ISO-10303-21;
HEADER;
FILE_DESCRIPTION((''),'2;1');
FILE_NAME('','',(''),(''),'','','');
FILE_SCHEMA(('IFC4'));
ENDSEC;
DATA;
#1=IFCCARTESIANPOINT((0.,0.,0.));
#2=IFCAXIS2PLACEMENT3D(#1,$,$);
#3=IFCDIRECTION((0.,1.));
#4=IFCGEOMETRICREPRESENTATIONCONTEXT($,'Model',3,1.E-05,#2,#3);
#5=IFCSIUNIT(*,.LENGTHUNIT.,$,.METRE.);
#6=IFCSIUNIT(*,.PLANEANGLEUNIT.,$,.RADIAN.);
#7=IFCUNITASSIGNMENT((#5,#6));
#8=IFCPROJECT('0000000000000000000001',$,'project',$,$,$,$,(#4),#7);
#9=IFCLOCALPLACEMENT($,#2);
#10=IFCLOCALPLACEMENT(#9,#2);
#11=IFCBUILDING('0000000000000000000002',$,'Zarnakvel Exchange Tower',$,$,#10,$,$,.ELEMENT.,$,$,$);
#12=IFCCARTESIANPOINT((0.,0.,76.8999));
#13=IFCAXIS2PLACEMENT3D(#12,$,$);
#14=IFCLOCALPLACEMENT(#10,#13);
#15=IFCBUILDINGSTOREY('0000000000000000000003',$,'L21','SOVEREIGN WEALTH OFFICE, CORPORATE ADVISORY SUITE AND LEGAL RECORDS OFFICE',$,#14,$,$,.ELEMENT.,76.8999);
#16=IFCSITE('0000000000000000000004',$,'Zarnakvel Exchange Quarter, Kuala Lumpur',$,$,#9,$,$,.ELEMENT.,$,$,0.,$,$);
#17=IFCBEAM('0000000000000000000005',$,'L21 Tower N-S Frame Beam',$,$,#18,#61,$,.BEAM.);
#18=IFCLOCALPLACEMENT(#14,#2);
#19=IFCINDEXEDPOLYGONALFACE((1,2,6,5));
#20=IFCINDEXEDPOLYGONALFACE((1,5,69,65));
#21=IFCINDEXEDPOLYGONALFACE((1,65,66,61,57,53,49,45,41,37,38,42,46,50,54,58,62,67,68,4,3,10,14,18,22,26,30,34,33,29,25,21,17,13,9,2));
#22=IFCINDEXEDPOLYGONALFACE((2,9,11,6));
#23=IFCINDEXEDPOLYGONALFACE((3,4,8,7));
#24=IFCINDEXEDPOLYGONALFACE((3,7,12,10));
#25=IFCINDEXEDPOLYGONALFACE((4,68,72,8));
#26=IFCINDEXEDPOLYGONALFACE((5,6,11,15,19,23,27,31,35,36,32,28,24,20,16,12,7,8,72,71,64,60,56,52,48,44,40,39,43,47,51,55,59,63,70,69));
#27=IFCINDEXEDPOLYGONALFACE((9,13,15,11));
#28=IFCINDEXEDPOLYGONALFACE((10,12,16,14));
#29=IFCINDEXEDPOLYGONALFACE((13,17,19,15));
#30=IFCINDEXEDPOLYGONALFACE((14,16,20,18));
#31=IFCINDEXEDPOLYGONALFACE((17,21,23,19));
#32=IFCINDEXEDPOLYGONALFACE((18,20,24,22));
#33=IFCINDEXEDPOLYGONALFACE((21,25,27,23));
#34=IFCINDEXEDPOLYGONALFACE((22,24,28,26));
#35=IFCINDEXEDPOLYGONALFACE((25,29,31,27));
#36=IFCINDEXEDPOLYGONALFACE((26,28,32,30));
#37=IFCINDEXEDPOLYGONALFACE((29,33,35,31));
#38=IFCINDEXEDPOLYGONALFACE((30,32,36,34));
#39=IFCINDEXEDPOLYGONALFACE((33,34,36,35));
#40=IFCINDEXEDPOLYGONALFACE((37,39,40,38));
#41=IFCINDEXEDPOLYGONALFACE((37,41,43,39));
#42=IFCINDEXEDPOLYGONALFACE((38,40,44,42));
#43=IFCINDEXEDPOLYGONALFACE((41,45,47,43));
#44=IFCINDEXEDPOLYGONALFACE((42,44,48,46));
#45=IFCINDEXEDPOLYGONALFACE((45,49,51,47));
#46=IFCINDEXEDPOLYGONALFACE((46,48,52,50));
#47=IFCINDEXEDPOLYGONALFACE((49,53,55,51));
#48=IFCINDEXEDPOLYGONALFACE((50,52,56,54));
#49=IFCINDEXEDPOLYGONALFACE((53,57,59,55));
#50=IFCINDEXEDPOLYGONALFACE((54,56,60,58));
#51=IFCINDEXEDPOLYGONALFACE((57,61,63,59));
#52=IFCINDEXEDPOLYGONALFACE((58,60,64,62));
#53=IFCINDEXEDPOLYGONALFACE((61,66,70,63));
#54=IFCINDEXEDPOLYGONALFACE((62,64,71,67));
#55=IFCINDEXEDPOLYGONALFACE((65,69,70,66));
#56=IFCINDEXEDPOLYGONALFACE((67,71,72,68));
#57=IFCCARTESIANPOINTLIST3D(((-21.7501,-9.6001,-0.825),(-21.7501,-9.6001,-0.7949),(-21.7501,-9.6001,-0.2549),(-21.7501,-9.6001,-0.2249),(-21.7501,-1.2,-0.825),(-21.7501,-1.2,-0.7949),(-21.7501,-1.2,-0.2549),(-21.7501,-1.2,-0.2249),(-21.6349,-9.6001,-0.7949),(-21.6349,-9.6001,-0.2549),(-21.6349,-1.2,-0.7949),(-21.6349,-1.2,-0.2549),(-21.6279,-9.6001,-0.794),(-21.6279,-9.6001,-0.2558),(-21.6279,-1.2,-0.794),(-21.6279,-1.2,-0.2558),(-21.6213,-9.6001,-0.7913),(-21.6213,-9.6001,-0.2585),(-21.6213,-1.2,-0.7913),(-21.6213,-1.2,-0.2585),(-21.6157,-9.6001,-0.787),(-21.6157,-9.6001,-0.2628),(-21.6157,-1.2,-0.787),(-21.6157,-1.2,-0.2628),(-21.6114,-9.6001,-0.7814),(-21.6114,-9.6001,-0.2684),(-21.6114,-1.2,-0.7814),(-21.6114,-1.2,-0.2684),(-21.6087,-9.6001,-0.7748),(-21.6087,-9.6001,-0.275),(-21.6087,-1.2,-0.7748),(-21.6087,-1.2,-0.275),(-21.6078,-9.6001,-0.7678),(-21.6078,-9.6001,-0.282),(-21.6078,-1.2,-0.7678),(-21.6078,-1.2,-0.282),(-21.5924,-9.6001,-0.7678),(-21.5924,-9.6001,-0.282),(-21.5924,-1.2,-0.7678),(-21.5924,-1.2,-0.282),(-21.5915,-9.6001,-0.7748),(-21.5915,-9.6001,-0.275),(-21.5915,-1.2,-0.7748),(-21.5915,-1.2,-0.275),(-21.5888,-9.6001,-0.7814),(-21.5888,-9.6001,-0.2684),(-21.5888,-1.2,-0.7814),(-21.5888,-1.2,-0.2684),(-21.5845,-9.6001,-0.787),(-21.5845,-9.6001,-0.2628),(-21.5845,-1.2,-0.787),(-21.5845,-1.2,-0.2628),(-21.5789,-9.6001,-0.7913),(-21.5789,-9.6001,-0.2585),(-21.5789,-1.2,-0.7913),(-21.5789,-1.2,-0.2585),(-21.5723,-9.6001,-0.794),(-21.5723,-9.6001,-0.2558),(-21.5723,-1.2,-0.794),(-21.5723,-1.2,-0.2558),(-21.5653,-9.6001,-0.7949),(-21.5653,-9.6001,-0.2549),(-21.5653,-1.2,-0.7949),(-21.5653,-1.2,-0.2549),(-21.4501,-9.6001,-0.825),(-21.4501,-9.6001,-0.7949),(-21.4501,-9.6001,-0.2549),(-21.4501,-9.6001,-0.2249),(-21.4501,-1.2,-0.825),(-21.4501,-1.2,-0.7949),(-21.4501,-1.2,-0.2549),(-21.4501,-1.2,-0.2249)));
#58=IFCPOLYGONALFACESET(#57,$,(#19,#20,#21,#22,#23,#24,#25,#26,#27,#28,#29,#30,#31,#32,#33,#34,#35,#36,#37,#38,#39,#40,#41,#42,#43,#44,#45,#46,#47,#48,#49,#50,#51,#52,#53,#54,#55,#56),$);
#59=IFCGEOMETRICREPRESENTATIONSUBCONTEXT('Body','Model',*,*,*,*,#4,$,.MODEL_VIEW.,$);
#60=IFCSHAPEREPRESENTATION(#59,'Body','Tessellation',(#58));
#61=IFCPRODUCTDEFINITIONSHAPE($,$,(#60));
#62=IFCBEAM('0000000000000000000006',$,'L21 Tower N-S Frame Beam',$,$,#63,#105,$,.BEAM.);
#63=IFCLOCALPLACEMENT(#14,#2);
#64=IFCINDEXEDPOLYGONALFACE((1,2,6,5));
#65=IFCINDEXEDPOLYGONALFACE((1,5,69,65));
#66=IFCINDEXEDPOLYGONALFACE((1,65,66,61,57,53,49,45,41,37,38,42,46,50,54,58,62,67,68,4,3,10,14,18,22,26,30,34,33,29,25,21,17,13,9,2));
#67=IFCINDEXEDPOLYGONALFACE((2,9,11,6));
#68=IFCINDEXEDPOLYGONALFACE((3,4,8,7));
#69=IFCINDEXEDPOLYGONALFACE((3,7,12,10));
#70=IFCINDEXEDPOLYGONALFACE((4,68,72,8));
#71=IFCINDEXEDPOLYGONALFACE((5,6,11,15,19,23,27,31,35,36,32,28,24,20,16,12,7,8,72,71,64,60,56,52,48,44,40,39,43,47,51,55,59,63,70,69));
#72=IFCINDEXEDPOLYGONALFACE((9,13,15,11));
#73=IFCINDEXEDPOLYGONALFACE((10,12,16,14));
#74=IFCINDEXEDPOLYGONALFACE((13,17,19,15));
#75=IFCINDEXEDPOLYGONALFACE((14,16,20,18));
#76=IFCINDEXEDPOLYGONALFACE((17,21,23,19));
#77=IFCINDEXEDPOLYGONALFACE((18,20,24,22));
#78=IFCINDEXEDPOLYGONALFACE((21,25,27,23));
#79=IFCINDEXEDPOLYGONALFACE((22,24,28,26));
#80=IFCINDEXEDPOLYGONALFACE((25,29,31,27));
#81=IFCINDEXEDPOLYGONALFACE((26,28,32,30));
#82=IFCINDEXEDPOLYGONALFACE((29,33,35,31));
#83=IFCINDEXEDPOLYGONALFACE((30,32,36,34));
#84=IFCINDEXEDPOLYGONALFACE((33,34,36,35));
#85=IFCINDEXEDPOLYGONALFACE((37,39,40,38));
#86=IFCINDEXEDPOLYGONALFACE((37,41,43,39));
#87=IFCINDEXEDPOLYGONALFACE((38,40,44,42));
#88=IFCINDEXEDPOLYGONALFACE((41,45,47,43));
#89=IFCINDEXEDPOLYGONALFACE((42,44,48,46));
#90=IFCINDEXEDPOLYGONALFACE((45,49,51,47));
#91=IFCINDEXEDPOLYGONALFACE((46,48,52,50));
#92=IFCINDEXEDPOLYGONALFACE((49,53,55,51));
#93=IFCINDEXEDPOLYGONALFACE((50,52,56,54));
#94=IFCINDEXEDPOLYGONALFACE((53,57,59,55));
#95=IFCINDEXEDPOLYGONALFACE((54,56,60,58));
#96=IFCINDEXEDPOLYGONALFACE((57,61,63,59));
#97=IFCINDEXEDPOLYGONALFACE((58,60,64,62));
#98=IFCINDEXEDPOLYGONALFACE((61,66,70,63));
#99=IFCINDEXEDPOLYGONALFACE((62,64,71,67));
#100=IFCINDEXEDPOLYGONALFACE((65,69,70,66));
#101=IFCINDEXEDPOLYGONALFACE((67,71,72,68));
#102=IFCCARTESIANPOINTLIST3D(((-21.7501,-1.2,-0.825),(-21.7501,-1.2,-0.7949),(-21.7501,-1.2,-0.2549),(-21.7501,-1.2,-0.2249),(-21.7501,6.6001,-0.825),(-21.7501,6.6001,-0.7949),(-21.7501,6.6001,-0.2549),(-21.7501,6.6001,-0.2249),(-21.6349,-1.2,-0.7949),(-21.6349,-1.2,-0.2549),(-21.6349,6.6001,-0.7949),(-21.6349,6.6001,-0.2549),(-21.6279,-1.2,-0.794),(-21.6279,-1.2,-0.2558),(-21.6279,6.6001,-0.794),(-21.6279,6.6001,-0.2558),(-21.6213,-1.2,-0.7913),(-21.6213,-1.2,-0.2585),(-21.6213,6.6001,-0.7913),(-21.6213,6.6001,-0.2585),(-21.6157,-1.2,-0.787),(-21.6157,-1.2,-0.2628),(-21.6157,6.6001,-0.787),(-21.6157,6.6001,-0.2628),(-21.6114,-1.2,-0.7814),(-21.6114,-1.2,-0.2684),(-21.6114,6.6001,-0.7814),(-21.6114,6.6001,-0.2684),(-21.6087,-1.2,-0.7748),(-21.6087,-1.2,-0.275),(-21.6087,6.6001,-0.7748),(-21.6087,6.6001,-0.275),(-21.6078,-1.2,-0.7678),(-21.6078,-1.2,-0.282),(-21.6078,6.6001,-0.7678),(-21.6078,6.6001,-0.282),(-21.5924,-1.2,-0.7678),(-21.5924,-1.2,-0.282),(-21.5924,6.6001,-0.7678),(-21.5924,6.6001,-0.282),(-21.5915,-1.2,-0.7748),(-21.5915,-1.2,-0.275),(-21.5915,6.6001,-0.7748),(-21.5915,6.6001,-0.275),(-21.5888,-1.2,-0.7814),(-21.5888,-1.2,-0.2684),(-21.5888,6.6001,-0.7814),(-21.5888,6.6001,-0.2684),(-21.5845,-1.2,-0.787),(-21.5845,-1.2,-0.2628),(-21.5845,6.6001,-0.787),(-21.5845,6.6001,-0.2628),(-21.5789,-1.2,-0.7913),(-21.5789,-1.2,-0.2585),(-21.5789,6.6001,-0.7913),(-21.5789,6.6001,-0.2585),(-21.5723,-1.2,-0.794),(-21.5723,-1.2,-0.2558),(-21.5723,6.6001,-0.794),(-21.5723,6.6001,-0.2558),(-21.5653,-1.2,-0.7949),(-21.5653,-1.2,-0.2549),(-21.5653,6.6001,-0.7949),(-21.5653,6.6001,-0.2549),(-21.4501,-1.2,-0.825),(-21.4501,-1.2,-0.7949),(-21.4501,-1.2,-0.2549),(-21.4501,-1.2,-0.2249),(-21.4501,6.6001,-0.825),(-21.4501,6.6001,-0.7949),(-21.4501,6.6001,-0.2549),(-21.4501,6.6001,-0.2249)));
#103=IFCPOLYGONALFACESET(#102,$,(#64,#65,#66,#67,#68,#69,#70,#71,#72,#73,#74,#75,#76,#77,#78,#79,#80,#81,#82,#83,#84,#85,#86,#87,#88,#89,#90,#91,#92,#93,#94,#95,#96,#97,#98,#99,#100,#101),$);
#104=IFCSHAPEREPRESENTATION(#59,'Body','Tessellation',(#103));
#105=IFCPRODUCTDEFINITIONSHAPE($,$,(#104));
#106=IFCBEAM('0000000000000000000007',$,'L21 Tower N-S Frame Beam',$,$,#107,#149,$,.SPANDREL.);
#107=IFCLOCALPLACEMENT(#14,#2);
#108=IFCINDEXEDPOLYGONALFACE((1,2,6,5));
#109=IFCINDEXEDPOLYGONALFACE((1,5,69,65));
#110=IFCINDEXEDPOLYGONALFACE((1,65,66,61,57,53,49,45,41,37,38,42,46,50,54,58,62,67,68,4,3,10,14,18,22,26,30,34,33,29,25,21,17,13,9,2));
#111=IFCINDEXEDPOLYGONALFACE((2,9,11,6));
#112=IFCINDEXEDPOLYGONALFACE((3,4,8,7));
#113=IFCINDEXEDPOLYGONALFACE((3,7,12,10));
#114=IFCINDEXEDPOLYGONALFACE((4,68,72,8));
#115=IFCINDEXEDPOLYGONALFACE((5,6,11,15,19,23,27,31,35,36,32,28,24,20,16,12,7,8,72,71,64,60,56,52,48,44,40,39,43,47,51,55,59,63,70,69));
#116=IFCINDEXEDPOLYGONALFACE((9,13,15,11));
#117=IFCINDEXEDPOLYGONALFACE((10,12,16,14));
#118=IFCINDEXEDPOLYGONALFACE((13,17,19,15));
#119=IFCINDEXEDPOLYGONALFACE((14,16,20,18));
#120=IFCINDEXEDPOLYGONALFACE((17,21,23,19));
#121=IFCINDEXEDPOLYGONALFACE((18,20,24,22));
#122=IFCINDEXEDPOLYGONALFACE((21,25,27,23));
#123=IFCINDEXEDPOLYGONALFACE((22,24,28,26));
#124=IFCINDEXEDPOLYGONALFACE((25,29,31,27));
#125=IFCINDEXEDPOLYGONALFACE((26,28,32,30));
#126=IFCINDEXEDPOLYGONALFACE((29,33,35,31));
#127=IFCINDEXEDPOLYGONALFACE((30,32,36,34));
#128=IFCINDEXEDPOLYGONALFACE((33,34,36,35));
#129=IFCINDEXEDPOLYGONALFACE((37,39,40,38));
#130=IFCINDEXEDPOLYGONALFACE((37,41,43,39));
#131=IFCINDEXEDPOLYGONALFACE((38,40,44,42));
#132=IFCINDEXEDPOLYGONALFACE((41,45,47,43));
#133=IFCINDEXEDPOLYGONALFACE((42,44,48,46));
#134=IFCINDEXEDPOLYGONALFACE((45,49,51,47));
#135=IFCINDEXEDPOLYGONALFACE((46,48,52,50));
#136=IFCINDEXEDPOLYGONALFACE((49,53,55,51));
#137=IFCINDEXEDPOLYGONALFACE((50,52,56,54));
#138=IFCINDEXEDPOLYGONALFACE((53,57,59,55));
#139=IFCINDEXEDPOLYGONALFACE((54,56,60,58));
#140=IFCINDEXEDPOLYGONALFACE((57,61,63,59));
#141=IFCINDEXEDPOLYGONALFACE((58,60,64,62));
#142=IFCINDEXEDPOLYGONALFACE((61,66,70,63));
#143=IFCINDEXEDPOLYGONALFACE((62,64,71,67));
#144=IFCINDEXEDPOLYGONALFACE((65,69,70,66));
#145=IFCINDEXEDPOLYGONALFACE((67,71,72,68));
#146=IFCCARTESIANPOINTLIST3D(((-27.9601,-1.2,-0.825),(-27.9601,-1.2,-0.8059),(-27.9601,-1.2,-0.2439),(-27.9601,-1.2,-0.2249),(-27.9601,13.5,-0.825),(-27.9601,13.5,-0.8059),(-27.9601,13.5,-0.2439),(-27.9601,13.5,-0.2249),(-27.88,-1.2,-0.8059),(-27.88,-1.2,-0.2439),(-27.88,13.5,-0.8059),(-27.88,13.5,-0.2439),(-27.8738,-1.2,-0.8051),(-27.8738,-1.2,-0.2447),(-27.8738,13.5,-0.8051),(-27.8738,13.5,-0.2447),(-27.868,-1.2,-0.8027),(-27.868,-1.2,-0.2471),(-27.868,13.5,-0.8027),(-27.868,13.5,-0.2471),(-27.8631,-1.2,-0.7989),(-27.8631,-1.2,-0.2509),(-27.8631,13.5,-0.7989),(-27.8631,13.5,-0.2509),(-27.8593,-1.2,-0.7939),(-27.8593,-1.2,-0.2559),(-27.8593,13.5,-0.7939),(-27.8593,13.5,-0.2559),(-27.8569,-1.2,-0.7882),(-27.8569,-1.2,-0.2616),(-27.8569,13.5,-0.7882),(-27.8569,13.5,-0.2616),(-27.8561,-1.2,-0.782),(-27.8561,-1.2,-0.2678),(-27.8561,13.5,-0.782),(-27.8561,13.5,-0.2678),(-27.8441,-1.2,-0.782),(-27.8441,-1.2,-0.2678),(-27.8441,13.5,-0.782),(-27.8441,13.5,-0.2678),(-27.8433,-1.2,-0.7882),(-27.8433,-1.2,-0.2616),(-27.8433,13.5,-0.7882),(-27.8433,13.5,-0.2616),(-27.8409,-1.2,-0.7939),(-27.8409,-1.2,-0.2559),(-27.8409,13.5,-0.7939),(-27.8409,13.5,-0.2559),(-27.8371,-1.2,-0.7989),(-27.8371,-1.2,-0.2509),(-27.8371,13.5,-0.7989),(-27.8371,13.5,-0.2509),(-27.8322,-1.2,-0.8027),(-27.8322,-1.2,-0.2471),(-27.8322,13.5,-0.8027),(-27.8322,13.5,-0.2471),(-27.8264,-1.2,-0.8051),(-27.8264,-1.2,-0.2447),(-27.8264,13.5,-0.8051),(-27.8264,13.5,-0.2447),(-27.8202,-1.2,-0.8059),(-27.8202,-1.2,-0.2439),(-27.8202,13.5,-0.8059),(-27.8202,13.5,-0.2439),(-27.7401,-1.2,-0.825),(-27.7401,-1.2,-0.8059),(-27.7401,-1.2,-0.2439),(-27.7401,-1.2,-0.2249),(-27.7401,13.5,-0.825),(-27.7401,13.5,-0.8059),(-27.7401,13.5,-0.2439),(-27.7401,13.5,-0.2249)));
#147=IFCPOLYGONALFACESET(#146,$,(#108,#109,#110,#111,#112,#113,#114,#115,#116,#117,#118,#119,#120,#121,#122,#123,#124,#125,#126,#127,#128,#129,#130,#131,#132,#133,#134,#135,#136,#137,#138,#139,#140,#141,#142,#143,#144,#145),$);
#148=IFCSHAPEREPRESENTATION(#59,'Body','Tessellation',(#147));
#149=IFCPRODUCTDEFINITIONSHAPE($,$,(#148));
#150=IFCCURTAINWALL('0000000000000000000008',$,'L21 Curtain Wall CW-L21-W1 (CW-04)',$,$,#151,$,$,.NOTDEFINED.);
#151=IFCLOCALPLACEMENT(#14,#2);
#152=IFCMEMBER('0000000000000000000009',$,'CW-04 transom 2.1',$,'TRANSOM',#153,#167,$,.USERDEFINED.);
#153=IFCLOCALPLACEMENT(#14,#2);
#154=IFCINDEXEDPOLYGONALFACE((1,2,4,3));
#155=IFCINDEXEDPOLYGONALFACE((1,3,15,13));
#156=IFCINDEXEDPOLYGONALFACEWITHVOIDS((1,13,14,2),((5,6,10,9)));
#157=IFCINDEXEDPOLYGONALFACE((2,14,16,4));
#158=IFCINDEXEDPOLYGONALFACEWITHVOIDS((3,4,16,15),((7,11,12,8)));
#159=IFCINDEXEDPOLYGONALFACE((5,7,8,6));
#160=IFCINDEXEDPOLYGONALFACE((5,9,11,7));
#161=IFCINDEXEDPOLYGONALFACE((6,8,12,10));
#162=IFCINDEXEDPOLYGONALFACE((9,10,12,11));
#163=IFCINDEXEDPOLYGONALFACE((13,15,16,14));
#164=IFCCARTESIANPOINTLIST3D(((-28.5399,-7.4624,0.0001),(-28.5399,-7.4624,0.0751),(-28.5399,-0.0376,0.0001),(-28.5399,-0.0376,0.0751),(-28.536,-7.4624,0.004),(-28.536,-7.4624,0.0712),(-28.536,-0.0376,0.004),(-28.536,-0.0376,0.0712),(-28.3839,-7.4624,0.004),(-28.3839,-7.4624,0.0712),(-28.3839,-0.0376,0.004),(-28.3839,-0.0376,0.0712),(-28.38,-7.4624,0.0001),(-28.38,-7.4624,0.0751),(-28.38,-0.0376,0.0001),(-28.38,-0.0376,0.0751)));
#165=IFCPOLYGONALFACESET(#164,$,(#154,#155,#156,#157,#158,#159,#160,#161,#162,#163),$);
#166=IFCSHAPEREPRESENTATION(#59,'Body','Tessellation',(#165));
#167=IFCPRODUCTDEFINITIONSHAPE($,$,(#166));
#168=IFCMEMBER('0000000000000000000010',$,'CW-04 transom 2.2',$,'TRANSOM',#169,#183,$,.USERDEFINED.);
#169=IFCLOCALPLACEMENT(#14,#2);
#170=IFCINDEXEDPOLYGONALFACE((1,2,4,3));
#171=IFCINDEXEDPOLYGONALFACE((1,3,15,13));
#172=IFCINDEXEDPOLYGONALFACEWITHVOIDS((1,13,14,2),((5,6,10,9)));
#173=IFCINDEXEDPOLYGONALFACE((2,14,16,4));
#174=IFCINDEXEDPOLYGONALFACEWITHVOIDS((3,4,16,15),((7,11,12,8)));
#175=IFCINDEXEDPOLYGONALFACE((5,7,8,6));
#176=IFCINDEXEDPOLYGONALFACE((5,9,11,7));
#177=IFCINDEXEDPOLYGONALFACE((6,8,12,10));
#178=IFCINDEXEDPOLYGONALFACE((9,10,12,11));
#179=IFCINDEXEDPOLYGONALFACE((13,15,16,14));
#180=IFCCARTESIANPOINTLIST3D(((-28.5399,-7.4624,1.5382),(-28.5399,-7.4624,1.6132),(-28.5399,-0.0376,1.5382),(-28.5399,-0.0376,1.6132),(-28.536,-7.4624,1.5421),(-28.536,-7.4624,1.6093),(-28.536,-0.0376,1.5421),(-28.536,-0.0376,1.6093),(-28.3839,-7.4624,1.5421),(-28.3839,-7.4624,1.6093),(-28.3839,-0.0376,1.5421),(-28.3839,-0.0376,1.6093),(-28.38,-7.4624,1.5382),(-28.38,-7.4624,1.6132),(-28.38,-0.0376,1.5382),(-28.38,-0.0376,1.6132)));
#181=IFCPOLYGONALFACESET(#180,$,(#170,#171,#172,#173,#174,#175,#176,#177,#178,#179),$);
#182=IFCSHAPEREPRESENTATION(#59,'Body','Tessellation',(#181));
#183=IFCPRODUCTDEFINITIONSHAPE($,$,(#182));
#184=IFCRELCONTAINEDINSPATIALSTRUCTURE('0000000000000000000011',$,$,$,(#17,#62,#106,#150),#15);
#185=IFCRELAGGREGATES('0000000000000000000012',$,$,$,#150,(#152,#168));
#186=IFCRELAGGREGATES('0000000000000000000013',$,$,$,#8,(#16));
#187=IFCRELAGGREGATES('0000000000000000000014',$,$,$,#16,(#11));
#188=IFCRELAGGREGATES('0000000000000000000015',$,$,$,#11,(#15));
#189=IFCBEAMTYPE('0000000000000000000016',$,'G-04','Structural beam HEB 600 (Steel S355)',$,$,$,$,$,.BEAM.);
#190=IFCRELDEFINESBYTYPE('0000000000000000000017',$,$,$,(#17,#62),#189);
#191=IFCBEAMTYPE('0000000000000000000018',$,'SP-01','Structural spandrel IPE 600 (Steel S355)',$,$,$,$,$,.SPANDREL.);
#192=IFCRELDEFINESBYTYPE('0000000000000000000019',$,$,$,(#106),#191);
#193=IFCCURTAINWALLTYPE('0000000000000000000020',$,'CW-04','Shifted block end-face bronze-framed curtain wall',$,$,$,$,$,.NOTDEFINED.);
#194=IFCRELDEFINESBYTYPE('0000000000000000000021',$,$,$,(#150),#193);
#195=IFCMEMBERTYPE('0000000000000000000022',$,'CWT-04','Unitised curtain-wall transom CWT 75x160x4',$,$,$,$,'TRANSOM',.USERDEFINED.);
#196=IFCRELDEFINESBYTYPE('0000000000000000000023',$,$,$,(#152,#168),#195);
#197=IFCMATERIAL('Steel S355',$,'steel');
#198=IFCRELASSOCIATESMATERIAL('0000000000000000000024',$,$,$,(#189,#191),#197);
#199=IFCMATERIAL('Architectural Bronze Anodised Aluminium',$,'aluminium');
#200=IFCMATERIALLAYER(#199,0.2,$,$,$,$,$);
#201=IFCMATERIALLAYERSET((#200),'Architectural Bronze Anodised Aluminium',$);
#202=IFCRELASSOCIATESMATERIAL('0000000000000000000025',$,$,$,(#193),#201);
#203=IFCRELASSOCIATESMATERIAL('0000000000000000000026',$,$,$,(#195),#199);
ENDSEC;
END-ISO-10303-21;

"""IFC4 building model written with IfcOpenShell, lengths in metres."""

from ifc_helpers import new_model, si_unit, direction, frame, origin, origin_2d, place, context, subcontext, project, spatial, hollow_rectangle, i_section, extrude, source, transform, mapped, material, layer, layer_set, material_profile, profile_set, type_object, element, aggregate, save


model = new_model("IFC4")

# Units and contexts
model_context = context("Model", 3, precision=1e-05, world=origin(), true_north=direction((0.0, 1.0)))
body_context = subcontext(model_context, "Body", "Model", "MODEL_VIEW")
ifc_project = project(units=[si_unit("LENGTHUNIT", "METRE"), si_unit("PLANEANGLEUNIT", "RADIAN")], contexts=[model_context])

# Site, building, storey
site_placement = place(None, origin())
site = spatial("IfcSite", under=ifc_project, at=site_placement, Name="Zarnakvel Exchange Quarter, Kuala Lumpur", CompositionType="ELEMENT", RefElevation=0.0)
building_placement = place(site_placement, origin())
building = spatial("IfcBuilding", under=site, at=building_placement, Name="Zarnakvel Exchange Tower", CompositionType="ELEMENT")
storey_placement = place(building_placement, frame((0.0, 0.0, 76.8999)))
storey = spatial("IfcBuildingStorey", under=building, at=storey_placement, Name="L21", Description="SOVEREIGN WEALTH OFFICE, CORPORATE ADVISORY SUITE AND LEGAL RECORDS OFFICE", CompositionType="ELEMENT", Elevation=76.8999)

# Shared definitions
ifc_material_1 = material(Name="Steel S355", Category="steel")

# Beams
ifc_material_profile_1 = material_profile(ifc_material_1, i_section(OverallWidth=0.3, OverallDepth=0.6001, WebThickness=0.0154, FlangeThickness=0.03, FilletRadius=0.0271, at=origin_2d()))
ifc_profile_set_1 = profile_set([ifc_material_profile_1], Name="Steel S355")
beam_type_1 = type_object("IfcBeamType", Name="G-04", Description="Structural beam HEB 600 (Steel S355)", PredefinedType="BEAM", material=ifc_profile_set_1)
beam_1_placement = place(storey_placement, frame((-21.6001, -9.6001, -0.5249), z_axis=(0.0, 1.0, 0.0), x_axis=(-1.0, 0.0, 0.0)))
element("IfcBeam", 1, at=beam_1_placement, inside=storey, type_object=beam_type_1, Name="L21 Tower N-S Frame Beam", PredefinedType="BEAM", context=body_context, shape_type="SweptSolid", body=[
    extrude(i_section(OverallWidth=0.3, OverallDepth=0.6001, WebThickness=0.0154, FlangeThickness=0.03, FilletRadius=0.0271, at=origin_2d()), origin(), (0.0, 0.0, 1.0), 8.4001),
])
beam_2_placement = place(storey_placement, frame((-21.6001, -1.2, -0.5249), z_axis=(0.0, 1.0, 0.0), x_axis=(-1.0, 0.0, 0.0)))
element("IfcBeam", 2, at=beam_2_placement, inside=storey, type_object=beam_type_1, Name="L21 Tower N-S Frame Beam", PredefinedType="BEAM", context=body_context, shape_type="SweptSolid", body=[
    extrude(i_section(OverallWidth=0.3, OverallDepth=0.6001, WebThickness=0.0154, FlangeThickness=0.03, FilletRadius=0.0271, at=origin_2d()), origin(), (0.0, 0.0, 1.0), 7.8),
])
ifc_material_profile_2 = material_profile(ifc_material_1, i_section(OverallWidth=0.22, OverallDepth=0.6001, WebThickness=0.012, FlangeThickness=0.019, FilletRadius=0.0239, at=origin_2d()))
ifc_profile_set_2 = profile_set([ifc_material_profile_2], Name="Steel S355")
beam_type_2 = type_object("IfcBeamType", Name="SP-01", Description="Structural spandrel IPE 600 (Steel S355)", PredefinedType="SPANDREL", material=ifc_profile_set_2)
beam_3_placement = place(storey_placement, frame((-27.8501, -1.2, -0.5249), z_axis=(0.0, 1.0, 0.0), x_axis=(-1.0, 0.0, 0.0)))
element("IfcBeam", 3, at=beam_3_placement, inside=storey, type_object=beam_type_2, Name="L21 Tower N-S Frame Beam", PredefinedType="SPANDREL", context=body_context, shape_type="SweptSolid", body=[
    extrude(i_section(OverallWidth=0.22, OverallDepth=0.6001, WebThickness=0.012, FlangeThickness=0.019, FilletRadius=0.0239, at=origin_2d()), origin(), (0.0, 0.0, 1.0), 14.7),
])

# Curtain wall, members
ifc_material_2 = material(Name="Architectural Bronze Anodised Aluminium", Category="aluminium")
ifc_layer_1 = layer(ifc_material_2, 0.2)
ifc_layer_set_1 = layer_set([ifc_layer_1], Name="Architectural Bronze Anodised Aluminium")
curtain_wall_type = type_object("IfcCurtainWallType", Name="CW-04", Description="Shifted block end-face bronze-framed curtain wall", PredefinedType="NOTDEFINED", material=ifc_layer_set_1)
curtain_wall_placement = place(storey_placement, origin())
curtain_wall = element("IfcCurtainWall", 4, at=curtain_wall_placement, inside=storey, type_object=curtain_wall_type, Name="L21 Curtain Wall CW-L21-W1 (CW-04)", PredefinedType="NOTDEFINED")
ifc_material_profile_3 = material_profile(ifc_material_2, hollow_rectangle(XDim=0.1599, YDim=0.075, WallThickness=0.0039, at=origin_2d()))
ifc_profile_set_3 = profile_set([ifc_material_profile_3], Name="Architectural Bronze Anodised Aluminium")
member_type_1 = type_object("IfcMemberType", Name="CWT-04", Description="Unitised curtain-wall transom CWT 75x160x4", ElementType="TRANSOM", PredefinedType="USERDEFINED", material=ifc_profile_set_3)
shared_shape_1 = source(origin(), body_context, "Body", "SweptSolid", [
    extrude(hollow_rectangle(XDim=0.1599, YDim=0.075, WallThickness=0.0039, at=origin_2d()), origin(), (0.0, 0.0, 1.0), 7.4248),
])
member_1_placement = place(storey_placement, frame((-28.46, -7.4624, 0.0376), z_axis=(0.0, 1.0, 0.0), x_axis=(-1.0, 0.0, 0.0)))
member_1 = element("IfcMember", 5, at=member_1_placement, type_object=member_type_1, Name="CW-04 transom 2.1", ObjectType="TRANSOM", PredefinedType="USERDEFINED", context=body_context, shape_type="MappedRepresentation", body=[
    mapped(shared_shape_1, transform((0.0, 0.0, 0.0), x_axis=(1.0, 0.0, 0.0), y_axis=(0.0, 1.0, 0.0), z_axis=(0.0, 0.0, 1.0), scale=1.0)),
])
member_2_placement = place(storey_placement, frame((-28.46, -7.4624, 1.5757), z_axis=(0.0, 1.0, 0.0), x_axis=(-1.0, 0.0, 0.0)))
member_2 = element("IfcMember", 6, at=member_2_placement, type_object=member_type_1, Name="CW-04 transom 2.2", ObjectType="TRANSOM", PredefinedType="USERDEFINED", context=body_context, shape_type="MappedRepresentation", body=[
    mapped(shared_shape_1, transform((0.0, 0.0, 0.0), x_axis=(1.0, 0.0, 0.0), y_axis=(0.0, 1.0, 0.0), z_axis=(0.0, 0.0, 1.0), scale=1.0)),
])
aggregate(curtain_wall, [member_1, member_2])

save(model, "model.ifc")
